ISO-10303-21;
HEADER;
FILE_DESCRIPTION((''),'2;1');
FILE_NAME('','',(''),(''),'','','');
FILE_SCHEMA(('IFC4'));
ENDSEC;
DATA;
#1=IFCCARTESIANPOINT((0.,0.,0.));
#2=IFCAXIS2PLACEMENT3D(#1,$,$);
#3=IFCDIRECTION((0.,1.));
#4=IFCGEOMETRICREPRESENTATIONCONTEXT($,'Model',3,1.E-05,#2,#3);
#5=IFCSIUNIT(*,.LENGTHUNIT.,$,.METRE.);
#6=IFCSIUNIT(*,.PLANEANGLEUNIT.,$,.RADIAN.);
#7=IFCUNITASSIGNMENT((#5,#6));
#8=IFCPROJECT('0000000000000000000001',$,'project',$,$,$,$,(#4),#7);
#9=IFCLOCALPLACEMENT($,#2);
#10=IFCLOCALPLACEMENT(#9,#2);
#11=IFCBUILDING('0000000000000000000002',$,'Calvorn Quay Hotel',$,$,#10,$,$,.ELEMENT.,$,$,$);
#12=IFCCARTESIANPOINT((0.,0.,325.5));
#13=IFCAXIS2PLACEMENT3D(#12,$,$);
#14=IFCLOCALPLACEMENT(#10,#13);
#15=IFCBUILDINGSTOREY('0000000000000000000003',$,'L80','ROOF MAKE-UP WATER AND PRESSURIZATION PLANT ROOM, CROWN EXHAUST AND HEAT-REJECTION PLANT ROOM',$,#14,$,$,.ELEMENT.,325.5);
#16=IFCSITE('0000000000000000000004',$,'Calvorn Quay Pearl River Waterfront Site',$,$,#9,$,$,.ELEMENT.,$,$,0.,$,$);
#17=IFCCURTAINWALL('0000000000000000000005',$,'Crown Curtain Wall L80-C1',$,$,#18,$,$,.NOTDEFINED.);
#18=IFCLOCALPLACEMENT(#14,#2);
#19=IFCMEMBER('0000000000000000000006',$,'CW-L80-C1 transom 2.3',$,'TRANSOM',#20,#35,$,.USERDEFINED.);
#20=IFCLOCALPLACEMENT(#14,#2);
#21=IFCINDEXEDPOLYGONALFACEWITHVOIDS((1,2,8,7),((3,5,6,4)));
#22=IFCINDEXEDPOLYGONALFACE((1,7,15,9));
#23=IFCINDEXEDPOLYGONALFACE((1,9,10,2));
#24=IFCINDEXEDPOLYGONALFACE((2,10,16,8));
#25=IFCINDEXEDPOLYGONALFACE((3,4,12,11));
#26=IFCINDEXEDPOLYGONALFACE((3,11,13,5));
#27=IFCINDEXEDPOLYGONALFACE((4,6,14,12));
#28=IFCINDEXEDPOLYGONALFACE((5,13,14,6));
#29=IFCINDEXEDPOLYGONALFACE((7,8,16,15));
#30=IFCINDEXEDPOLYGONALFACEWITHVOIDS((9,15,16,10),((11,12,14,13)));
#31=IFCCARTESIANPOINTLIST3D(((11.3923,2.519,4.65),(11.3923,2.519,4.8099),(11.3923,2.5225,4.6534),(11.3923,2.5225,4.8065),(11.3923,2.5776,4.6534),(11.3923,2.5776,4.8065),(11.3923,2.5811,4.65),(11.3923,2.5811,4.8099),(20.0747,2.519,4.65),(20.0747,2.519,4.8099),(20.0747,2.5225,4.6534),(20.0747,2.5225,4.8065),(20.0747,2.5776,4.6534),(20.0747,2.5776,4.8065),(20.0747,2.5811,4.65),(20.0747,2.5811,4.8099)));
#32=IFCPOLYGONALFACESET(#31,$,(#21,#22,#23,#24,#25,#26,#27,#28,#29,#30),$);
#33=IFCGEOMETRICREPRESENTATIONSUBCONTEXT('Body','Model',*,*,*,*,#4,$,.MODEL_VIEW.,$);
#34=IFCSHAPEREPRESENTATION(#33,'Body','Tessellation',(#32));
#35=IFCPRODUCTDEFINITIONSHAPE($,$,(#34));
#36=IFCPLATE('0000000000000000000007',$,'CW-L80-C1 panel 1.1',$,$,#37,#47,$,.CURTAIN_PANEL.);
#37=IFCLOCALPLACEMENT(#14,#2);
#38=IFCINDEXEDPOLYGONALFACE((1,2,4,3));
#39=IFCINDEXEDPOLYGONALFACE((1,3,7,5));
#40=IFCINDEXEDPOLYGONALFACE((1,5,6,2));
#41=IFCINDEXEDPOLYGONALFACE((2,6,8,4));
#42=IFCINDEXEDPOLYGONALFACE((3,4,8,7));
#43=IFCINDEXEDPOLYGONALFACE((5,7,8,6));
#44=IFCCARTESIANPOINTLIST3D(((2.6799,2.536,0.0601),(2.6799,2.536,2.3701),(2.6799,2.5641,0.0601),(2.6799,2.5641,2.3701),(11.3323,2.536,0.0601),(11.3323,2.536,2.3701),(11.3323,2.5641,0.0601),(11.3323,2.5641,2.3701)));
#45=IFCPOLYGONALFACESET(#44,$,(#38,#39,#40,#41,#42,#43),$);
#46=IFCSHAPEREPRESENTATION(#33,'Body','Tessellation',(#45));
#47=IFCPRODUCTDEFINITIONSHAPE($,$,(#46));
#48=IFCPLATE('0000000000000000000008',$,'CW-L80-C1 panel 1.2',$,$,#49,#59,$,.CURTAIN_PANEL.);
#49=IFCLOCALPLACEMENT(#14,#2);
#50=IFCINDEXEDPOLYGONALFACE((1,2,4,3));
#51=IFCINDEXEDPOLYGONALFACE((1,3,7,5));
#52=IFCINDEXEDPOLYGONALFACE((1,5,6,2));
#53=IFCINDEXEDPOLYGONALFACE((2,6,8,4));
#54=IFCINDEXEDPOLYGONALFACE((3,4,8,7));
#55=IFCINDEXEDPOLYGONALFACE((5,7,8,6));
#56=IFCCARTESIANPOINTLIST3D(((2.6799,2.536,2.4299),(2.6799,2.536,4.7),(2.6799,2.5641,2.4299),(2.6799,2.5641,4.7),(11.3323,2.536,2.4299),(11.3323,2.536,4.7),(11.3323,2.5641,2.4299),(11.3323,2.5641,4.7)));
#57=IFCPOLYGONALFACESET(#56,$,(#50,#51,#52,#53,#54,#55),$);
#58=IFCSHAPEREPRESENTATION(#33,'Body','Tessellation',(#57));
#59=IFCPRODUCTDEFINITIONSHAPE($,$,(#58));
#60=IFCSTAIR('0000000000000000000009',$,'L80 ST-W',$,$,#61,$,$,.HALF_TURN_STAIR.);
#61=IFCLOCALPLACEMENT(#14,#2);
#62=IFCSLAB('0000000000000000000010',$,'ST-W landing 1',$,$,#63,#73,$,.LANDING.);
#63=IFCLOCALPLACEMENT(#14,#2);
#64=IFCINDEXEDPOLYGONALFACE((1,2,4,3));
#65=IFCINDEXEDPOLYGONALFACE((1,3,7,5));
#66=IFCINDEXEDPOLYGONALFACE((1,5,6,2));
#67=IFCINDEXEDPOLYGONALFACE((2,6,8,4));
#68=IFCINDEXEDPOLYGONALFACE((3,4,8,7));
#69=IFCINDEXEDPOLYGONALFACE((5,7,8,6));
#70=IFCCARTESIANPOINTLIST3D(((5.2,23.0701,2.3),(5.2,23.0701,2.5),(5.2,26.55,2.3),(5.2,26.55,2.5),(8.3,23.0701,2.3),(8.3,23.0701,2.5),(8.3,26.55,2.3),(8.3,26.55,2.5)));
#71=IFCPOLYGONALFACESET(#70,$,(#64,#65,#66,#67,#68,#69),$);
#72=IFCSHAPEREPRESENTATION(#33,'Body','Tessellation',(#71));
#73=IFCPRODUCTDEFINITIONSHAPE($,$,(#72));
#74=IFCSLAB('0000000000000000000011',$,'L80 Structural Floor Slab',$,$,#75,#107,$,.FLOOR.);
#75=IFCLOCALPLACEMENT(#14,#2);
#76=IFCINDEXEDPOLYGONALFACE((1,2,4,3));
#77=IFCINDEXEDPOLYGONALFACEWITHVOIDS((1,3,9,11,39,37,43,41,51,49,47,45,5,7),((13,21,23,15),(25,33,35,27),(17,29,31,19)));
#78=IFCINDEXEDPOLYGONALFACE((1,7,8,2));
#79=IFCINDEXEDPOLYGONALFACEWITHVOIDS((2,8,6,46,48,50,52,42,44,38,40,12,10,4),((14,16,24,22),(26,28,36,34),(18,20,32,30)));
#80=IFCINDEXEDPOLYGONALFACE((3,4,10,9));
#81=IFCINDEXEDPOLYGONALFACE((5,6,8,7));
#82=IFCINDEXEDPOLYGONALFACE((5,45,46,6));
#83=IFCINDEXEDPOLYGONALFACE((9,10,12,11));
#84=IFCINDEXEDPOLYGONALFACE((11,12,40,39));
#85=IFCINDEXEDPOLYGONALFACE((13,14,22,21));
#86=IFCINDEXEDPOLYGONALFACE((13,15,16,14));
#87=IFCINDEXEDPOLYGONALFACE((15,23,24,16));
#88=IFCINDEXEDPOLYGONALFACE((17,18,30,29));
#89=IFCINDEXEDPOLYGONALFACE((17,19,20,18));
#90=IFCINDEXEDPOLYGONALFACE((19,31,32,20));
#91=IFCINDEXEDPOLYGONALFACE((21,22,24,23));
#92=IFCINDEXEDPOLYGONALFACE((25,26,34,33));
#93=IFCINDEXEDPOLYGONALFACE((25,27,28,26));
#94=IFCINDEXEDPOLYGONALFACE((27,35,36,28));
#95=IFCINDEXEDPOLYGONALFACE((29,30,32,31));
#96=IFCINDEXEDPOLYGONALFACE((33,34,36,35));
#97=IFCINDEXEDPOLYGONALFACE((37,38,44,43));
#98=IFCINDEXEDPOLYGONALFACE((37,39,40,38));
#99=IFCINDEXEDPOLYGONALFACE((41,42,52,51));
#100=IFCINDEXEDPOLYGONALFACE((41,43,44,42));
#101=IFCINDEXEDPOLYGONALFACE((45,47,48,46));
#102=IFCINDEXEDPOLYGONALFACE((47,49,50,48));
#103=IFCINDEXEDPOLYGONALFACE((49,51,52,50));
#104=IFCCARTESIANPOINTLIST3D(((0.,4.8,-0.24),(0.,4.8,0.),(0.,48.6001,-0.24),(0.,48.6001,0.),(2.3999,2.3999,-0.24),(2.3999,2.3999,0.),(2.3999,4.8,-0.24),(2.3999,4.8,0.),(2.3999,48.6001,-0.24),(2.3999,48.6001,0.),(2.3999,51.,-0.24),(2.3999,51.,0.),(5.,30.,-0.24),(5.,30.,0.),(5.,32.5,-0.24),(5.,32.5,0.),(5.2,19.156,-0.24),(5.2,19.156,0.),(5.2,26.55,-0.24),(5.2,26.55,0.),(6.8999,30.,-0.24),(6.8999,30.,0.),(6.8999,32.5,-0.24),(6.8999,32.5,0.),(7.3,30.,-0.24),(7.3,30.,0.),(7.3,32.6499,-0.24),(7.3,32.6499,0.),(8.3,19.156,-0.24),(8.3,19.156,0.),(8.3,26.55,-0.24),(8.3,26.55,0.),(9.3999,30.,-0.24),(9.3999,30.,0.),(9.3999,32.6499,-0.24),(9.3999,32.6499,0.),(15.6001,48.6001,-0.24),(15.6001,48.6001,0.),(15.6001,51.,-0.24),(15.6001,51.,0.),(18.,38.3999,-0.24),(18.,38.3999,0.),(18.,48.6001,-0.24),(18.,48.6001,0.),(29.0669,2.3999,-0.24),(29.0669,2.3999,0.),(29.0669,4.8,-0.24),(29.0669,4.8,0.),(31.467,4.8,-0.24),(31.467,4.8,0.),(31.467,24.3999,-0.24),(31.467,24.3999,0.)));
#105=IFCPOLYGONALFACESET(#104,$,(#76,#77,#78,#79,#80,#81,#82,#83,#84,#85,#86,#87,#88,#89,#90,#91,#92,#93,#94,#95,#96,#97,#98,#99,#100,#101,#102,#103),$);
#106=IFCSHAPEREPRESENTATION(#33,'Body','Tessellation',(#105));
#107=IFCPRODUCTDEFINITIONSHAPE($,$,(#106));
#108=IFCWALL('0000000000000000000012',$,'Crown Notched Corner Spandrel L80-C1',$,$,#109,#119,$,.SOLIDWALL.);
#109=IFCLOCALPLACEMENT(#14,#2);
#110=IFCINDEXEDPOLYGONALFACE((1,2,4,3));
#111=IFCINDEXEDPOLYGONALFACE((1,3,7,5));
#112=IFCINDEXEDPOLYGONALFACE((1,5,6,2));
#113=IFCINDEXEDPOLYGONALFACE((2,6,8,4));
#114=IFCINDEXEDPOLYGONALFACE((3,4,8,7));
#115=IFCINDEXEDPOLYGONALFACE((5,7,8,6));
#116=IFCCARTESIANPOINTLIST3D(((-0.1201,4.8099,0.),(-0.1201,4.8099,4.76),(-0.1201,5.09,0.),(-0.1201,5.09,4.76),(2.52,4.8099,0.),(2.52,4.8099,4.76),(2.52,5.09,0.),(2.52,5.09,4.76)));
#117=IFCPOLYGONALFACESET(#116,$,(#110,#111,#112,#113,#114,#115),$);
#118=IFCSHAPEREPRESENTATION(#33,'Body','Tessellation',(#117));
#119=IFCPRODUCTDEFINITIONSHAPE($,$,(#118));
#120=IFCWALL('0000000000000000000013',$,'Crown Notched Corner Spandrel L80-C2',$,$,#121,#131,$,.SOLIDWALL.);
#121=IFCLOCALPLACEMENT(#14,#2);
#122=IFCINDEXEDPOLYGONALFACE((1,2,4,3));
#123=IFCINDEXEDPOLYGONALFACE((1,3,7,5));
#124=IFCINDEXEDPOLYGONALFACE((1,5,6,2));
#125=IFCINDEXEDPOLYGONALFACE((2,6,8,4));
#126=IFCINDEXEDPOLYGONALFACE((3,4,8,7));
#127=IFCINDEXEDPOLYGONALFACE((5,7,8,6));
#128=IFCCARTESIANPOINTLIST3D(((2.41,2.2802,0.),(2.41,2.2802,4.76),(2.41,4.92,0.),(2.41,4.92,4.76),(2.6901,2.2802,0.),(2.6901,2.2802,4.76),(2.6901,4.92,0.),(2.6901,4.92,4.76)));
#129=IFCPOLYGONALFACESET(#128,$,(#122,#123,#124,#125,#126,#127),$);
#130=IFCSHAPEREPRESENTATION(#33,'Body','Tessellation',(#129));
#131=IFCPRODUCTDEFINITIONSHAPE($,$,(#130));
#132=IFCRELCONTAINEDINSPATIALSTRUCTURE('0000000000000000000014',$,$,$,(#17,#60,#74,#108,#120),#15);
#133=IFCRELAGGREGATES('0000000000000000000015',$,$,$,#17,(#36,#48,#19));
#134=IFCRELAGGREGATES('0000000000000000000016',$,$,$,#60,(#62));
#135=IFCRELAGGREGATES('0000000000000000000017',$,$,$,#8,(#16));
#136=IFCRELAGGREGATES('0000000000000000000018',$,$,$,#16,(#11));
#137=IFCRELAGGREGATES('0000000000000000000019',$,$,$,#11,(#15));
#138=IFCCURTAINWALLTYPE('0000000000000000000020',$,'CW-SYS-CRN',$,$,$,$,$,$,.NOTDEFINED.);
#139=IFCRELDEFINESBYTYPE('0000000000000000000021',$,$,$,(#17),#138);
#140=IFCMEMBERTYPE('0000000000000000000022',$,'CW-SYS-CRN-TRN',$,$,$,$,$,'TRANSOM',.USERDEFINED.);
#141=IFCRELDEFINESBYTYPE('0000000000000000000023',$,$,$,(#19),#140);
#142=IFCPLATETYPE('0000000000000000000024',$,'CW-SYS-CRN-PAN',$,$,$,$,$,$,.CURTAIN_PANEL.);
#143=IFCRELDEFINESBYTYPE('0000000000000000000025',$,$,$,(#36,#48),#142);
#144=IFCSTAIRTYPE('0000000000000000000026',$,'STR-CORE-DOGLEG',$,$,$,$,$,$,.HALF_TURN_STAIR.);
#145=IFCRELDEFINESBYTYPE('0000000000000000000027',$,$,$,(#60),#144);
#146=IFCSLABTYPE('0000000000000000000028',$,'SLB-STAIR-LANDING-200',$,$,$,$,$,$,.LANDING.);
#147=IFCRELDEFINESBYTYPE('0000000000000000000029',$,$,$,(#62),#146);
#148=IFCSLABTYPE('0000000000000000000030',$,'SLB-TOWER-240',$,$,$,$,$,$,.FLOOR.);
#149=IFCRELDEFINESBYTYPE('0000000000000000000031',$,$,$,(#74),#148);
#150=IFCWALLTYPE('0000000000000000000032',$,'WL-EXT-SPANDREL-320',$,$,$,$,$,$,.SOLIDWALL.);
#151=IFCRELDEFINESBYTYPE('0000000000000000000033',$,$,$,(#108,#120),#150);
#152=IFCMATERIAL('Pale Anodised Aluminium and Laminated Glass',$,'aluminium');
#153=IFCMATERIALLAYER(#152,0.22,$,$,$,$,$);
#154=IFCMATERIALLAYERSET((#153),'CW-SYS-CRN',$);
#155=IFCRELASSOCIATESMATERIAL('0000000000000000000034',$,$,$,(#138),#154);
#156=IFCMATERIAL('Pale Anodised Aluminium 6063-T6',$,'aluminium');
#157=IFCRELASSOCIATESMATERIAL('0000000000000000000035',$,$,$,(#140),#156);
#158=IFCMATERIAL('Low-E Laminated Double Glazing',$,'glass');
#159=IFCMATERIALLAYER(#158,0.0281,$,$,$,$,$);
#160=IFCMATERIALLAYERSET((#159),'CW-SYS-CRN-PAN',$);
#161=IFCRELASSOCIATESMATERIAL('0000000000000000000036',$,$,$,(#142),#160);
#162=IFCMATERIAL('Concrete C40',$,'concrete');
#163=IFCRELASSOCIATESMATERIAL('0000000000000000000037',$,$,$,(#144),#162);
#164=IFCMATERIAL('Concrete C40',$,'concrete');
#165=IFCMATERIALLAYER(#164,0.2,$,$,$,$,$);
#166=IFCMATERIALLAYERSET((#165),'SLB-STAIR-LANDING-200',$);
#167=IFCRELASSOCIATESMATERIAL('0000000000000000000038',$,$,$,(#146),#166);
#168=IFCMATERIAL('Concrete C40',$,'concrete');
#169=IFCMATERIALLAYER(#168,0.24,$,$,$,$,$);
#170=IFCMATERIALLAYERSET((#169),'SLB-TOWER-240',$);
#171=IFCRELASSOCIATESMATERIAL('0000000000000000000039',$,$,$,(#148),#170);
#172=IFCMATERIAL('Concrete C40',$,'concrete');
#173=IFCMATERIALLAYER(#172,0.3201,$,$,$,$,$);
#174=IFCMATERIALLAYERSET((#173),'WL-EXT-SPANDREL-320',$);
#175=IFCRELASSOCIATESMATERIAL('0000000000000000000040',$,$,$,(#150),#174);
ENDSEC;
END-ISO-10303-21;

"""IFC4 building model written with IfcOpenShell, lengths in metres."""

from ifc_helpers import new_model, si_unit, direction, frame, frame_2d, origin, origin_2d, place, context, subcontext, project, spatial, polyline, rectangle, hollow_rectangle, outline, extrude, material, layer, layer_set, material_profile, profile_set, type_object, element, aggregate, save


model = new_model("IFC4")

# Units and contexts
model_context = context("Model", 3, precision=1e-05, world=origin(), true_north=direction((0.0, 1.0)))
body_context = subcontext(model_context, "Body", "Model", "MODEL_VIEW")
ifc_project = project(units=[si_unit("LENGTHUNIT", "METRE"), si_unit("PLANEANGLEUNIT", "RADIAN")], contexts=[model_context])

# Site, building, storey
site_placement = place(None, origin())
site = spatial("IfcSite", under=ifc_project, at=site_placement, Name="Calvorn Quay Pearl River Waterfront Site", CompositionType="ELEMENT", RefElevation=0.0)
building_placement = place(site_placement, origin())
building = spatial("IfcBuilding", under=site, at=building_placement, Name="Calvorn Quay Hotel", CompositionType="ELEMENT")
storey_placement = place(building_placement, frame((0.0, 0.0, 325.5)))
storey = spatial("IfcBuildingStorey", under=building, at=storey_placement, Name="L80", Description="ROOF MAKE-UP WATER AND PRESSURIZATION PLANT ROOM, CROWN EXHAUST AND HEAT-REJECTION PLANT ROOM", CompositionType="ELEMENT", Elevation=325.5)

# Curtain wall
ifc_material_1 = material(Name="Pale Anodised Aluminium and Laminated Glass", Category="aluminium")
ifc_layer_1 = layer(ifc_material_1, 0.22)
ifc_layer_set_1 = layer_set([ifc_layer_1], Name="CW-SYS-CRN")
curtain_wall_type = type_object("IfcCurtainWallType", Name="CW-SYS-CRN", PredefinedType="NOTDEFINED", material=ifc_layer_set_1)
curtain_wall_1_placement = place(storey_placement, origin())
curtain_wall_1 = element("IfcCurtainWall", 1, at=curtain_wall_1_placement, inside=storey, type_object=curtain_wall_type, Name="Crown Curtain Wall L80-C1", PredefinedType="NOTDEFINED")

# Member
ifc_material_2 = material(Name="Pale Anodised Aluminium 6063-T6", Category="aluminium")
ifc_material_profile_1 = material_profile(ifc_material_2, hollow_rectangle(XDim=0.062, YDim=0.1599, WallThickness=0.0034, at=origin_2d()), Name="ALU-T160x62x3.5")
ifc_profile_set_1 = profile_set([ifc_material_profile_1], Name="Pale Anodised Aluminium 6063-T6")
member_type_1 = type_object("IfcMemberType", Name="CW-SYS-CRN-TRN", ElementType="TRANSOM", PredefinedType="USERDEFINED", material=ifc_profile_set_1)
member_1_placement = place(storey_placement, frame((11.3923, 2.55, 4.73), z_axis=(1.0, 0.0, 0.0), x_axis=(0.0, 1.0, 0.0)))
member_1 = element("IfcMember", 2, at=member_1_placement, type_object=member_type_1, Name="CW-L80-C1 transom 2.3", ObjectType="TRANSOM", PredefinedType="USERDEFINED", context=body_context, shape_type="SweptSolid", body=[
    extrude(hollow_rectangle(XDim=0.062, YDim=0.1599, WallThickness=0.0034, at=origin_2d()), origin(), (0.0, 0.0, 1.0), 8.6824),
])

# Plates
ifc_material_3 = material(Name="Low-E Laminated Double Glazing", Category="glass")
ifc_layer_2 = layer(ifc_material_3, 0.0281)
ifc_layer_set_2 = layer_set([ifc_layer_2], Name="CW-SYS-CRN-PAN")
plate_type = type_object("IfcPlateType", Name="CW-SYS-CRN-PAN", PredefinedType="CURTAIN_PANEL", material=ifc_layer_set_2)
plate_1_placement = place(storey_placement, frame((7.0061, 2.55, 0.0601), z_axis=(0.0, 0.0, 1.0), x_axis=(1.0, 0.0, 0.0)))
plate_1 = element("IfcPlate", 3, at=plate_1_placement, type_object=plate_type, Name="CW-L80-C1 panel 1.1", PredefinedType="CURTAIN_PANEL", context=body_context, shape_type="SweptSolid", body=[
    extrude(rectangle(XDim=8.6523, YDim=0.0281, at=origin_2d()), origin(), (0.0, 0.0, 1.0), 2.3101),
])
plate_2_placement = place(storey_placement, frame((7.0061, 2.55, 2.4299), z_axis=(0.0, 0.0, 1.0), x_axis=(1.0, 0.0, 0.0)))
plate_2 = element("IfcPlate", 4, at=plate_2_placement, type_object=plate_type, Name="CW-L80-C1 panel 1.2", PredefinedType="CURTAIN_PANEL", context=body_context, shape_type="SweptSolid", body=[
    extrude(rectangle(XDim=8.6523, YDim=0.0281, at=origin_2d()), origin(), (0.0, 0.0, 1.0), 2.27),
])
aggregate(curtain_wall_1, [plate_1, plate_2, member_1])

# Stair, slab
ifc_material_4 = material(Name="Concrete C40", Category="concrete")
stair_type = type_object("IfcStairType", Name="STR-CORE-DOGLEG", PredefinedType="HALF_TURN_STAIR", material=ifc_material_4)
stair_placement = place(storey_placement, origin())
stair = element("IfcStair", 5, at=stair_placement, inside=storey, type_object=stair_type, Name="L80 ST-W", PredefinedType="HALF_TURN_STAIR")
ifc_material_5 = material(Name="Concrete C40", Category="concrete")
ifc_layer_3 = layer(ifc_material_5, 0.2)
ifc_layer_set_3 = layer_set([ifc_layer_3], Name="SLB-STAIR-LANDING-200")
slab_type_1 = type_object("IfcSlabType", Name="SLB-STAIR-LANDING-200", PredefinedType="LANDING", material=ifc_layer_set_3)
slab_1_placement = place(storey_placement, frame((0.0, 0.0, 2.3)))
slab_1 = element("IfcSlab", 6, at=slab_1_placement, type_object=slab_type_1, Name="ST-W landing 1", PredefinedType="LANDING", context=body_context, shape_type="SweptSolid", body=[
    extrude(outline(polyline([(8.3, 23.0701), (8.3, 26.55), (5.2, 26.55), (5.2, 23.0701), (8.3, 23.0701)])), origin(), (0.0, 0.0, 1.0), 0.2),
])
aggregate(stair, [slab_1])

# Slab
ifc_material_6 = material(Name="Concrete C40", Category="concrete")
ifc_layer_4 = layer(ifc_material_6, 0.24)
ifc_layer_set_4 = layer_set([ifc_layer_4], Name="SLB-TOWER-240")
slab_type_2 = type_object("IfcSlabType", Name="SLB-TOWER-240", PredefinedType="FLOOR", material=ifc_layer_set_4)
slab_2_placement = place(storey_placement, frame((0.0, 0.0, -0.24)))
element("IfcSlab", 7, at=slab_2_placement, inside=storey, type_object=slab_type_2, Name="L80 Structural Floor Slab", PredefinedType="FLOOR", context=body_context, shape_type="SweptSolid", body=[
    extrude(outline(polyline([(0.0, 4.8), (2.3999, 4.8), (2.3999, 2.3999), (29.0669, 2.3999), (29.0669, 4.8), (31.467, 4.8), (31.467, 24.3999), (18.0, 38.3999), (18.0, 48.6001), (15.6001, 48.6001), (15.6001, 51.0), (2.3999, 51.0), (2.3999, 48.6001), (0.0, 48.6001), (0.0, 4.8)]), holes=[polyline([(5.2, 19.156), (8.3, 19.156), (8.3, 26.55), (5.2, 26.55), (5.2, 19.156)]), polyline([(5.0, 30.0), (6.8999, 30.0), (6.8999, 32.5), (5.0, 32.5), (5.0, 30.0)]), polyline([(7.3, 30.0), (9.3999, 30.0), (9.3999, 32.6499), (7.3, 32.6499), (7.3, 30.0)])]), origin(), (0.0, 0.0, 1.0), 0.24),
])

# Walls
ifc_material_7 = material(Name="Concrete C40", Category="concrete")
ifc_layer_5 = layer(ifc_material_7, 0.3201)
ifc_layer_set_5 = layer_set([ifc_layer_5], Name="WL-EXT-SPANDREL-320")
wall_type = type_object("IfcWallType", Name="WL-EXT-SPANDREL-320", PredefinedType="SOLIDWALL", material=ifc_layer_set_5)
wall_1_placement = place(storey_placement, frame((-0.1201, 4.95, 0.0), z_axis=(0.0, 0.0, 1.0), x_axis=(1.0, 0.0, 0.0)))
element("IfcWall", 8, at=wall_1_placement, inside=storey, type_object=wall_type, Name="Crown Notched Corner Spandrel L80-C1", PredefinedType="SOLIDWALL", context=body_context, shape_type="SweptSolid", body=[
    extrude(rectangle(XDim=2.6401, YDim=0.28, at=frame_2d((1.3201, 0.0))), origin(), (0.0, 0.0, 1.0), 4.76),
])
wall_2_placement = place(storey_placement, frame((2.55, 4.9199, 0.0), z_axis=(0.0, 0.0, 1.0), x_axis=(0.0, -1.0, 0.0)))
element("IfcWall", 9, at=wall_2_placement, inside=storey, type_object=wall_type, Name="Crown Notched Corner Spandrel L80-C2", PredefinedType="SOLIDWALL", context=body_context, shape_type="SweptSolid", body=[
    extrude(rectangle(XDim=2.6399, YDim=0.28, at=frame_2d((1.3198, 0.0))), origin(), (0.0, 0.0, 1.0), 4.76),
])

save(model, "model.ifc")
